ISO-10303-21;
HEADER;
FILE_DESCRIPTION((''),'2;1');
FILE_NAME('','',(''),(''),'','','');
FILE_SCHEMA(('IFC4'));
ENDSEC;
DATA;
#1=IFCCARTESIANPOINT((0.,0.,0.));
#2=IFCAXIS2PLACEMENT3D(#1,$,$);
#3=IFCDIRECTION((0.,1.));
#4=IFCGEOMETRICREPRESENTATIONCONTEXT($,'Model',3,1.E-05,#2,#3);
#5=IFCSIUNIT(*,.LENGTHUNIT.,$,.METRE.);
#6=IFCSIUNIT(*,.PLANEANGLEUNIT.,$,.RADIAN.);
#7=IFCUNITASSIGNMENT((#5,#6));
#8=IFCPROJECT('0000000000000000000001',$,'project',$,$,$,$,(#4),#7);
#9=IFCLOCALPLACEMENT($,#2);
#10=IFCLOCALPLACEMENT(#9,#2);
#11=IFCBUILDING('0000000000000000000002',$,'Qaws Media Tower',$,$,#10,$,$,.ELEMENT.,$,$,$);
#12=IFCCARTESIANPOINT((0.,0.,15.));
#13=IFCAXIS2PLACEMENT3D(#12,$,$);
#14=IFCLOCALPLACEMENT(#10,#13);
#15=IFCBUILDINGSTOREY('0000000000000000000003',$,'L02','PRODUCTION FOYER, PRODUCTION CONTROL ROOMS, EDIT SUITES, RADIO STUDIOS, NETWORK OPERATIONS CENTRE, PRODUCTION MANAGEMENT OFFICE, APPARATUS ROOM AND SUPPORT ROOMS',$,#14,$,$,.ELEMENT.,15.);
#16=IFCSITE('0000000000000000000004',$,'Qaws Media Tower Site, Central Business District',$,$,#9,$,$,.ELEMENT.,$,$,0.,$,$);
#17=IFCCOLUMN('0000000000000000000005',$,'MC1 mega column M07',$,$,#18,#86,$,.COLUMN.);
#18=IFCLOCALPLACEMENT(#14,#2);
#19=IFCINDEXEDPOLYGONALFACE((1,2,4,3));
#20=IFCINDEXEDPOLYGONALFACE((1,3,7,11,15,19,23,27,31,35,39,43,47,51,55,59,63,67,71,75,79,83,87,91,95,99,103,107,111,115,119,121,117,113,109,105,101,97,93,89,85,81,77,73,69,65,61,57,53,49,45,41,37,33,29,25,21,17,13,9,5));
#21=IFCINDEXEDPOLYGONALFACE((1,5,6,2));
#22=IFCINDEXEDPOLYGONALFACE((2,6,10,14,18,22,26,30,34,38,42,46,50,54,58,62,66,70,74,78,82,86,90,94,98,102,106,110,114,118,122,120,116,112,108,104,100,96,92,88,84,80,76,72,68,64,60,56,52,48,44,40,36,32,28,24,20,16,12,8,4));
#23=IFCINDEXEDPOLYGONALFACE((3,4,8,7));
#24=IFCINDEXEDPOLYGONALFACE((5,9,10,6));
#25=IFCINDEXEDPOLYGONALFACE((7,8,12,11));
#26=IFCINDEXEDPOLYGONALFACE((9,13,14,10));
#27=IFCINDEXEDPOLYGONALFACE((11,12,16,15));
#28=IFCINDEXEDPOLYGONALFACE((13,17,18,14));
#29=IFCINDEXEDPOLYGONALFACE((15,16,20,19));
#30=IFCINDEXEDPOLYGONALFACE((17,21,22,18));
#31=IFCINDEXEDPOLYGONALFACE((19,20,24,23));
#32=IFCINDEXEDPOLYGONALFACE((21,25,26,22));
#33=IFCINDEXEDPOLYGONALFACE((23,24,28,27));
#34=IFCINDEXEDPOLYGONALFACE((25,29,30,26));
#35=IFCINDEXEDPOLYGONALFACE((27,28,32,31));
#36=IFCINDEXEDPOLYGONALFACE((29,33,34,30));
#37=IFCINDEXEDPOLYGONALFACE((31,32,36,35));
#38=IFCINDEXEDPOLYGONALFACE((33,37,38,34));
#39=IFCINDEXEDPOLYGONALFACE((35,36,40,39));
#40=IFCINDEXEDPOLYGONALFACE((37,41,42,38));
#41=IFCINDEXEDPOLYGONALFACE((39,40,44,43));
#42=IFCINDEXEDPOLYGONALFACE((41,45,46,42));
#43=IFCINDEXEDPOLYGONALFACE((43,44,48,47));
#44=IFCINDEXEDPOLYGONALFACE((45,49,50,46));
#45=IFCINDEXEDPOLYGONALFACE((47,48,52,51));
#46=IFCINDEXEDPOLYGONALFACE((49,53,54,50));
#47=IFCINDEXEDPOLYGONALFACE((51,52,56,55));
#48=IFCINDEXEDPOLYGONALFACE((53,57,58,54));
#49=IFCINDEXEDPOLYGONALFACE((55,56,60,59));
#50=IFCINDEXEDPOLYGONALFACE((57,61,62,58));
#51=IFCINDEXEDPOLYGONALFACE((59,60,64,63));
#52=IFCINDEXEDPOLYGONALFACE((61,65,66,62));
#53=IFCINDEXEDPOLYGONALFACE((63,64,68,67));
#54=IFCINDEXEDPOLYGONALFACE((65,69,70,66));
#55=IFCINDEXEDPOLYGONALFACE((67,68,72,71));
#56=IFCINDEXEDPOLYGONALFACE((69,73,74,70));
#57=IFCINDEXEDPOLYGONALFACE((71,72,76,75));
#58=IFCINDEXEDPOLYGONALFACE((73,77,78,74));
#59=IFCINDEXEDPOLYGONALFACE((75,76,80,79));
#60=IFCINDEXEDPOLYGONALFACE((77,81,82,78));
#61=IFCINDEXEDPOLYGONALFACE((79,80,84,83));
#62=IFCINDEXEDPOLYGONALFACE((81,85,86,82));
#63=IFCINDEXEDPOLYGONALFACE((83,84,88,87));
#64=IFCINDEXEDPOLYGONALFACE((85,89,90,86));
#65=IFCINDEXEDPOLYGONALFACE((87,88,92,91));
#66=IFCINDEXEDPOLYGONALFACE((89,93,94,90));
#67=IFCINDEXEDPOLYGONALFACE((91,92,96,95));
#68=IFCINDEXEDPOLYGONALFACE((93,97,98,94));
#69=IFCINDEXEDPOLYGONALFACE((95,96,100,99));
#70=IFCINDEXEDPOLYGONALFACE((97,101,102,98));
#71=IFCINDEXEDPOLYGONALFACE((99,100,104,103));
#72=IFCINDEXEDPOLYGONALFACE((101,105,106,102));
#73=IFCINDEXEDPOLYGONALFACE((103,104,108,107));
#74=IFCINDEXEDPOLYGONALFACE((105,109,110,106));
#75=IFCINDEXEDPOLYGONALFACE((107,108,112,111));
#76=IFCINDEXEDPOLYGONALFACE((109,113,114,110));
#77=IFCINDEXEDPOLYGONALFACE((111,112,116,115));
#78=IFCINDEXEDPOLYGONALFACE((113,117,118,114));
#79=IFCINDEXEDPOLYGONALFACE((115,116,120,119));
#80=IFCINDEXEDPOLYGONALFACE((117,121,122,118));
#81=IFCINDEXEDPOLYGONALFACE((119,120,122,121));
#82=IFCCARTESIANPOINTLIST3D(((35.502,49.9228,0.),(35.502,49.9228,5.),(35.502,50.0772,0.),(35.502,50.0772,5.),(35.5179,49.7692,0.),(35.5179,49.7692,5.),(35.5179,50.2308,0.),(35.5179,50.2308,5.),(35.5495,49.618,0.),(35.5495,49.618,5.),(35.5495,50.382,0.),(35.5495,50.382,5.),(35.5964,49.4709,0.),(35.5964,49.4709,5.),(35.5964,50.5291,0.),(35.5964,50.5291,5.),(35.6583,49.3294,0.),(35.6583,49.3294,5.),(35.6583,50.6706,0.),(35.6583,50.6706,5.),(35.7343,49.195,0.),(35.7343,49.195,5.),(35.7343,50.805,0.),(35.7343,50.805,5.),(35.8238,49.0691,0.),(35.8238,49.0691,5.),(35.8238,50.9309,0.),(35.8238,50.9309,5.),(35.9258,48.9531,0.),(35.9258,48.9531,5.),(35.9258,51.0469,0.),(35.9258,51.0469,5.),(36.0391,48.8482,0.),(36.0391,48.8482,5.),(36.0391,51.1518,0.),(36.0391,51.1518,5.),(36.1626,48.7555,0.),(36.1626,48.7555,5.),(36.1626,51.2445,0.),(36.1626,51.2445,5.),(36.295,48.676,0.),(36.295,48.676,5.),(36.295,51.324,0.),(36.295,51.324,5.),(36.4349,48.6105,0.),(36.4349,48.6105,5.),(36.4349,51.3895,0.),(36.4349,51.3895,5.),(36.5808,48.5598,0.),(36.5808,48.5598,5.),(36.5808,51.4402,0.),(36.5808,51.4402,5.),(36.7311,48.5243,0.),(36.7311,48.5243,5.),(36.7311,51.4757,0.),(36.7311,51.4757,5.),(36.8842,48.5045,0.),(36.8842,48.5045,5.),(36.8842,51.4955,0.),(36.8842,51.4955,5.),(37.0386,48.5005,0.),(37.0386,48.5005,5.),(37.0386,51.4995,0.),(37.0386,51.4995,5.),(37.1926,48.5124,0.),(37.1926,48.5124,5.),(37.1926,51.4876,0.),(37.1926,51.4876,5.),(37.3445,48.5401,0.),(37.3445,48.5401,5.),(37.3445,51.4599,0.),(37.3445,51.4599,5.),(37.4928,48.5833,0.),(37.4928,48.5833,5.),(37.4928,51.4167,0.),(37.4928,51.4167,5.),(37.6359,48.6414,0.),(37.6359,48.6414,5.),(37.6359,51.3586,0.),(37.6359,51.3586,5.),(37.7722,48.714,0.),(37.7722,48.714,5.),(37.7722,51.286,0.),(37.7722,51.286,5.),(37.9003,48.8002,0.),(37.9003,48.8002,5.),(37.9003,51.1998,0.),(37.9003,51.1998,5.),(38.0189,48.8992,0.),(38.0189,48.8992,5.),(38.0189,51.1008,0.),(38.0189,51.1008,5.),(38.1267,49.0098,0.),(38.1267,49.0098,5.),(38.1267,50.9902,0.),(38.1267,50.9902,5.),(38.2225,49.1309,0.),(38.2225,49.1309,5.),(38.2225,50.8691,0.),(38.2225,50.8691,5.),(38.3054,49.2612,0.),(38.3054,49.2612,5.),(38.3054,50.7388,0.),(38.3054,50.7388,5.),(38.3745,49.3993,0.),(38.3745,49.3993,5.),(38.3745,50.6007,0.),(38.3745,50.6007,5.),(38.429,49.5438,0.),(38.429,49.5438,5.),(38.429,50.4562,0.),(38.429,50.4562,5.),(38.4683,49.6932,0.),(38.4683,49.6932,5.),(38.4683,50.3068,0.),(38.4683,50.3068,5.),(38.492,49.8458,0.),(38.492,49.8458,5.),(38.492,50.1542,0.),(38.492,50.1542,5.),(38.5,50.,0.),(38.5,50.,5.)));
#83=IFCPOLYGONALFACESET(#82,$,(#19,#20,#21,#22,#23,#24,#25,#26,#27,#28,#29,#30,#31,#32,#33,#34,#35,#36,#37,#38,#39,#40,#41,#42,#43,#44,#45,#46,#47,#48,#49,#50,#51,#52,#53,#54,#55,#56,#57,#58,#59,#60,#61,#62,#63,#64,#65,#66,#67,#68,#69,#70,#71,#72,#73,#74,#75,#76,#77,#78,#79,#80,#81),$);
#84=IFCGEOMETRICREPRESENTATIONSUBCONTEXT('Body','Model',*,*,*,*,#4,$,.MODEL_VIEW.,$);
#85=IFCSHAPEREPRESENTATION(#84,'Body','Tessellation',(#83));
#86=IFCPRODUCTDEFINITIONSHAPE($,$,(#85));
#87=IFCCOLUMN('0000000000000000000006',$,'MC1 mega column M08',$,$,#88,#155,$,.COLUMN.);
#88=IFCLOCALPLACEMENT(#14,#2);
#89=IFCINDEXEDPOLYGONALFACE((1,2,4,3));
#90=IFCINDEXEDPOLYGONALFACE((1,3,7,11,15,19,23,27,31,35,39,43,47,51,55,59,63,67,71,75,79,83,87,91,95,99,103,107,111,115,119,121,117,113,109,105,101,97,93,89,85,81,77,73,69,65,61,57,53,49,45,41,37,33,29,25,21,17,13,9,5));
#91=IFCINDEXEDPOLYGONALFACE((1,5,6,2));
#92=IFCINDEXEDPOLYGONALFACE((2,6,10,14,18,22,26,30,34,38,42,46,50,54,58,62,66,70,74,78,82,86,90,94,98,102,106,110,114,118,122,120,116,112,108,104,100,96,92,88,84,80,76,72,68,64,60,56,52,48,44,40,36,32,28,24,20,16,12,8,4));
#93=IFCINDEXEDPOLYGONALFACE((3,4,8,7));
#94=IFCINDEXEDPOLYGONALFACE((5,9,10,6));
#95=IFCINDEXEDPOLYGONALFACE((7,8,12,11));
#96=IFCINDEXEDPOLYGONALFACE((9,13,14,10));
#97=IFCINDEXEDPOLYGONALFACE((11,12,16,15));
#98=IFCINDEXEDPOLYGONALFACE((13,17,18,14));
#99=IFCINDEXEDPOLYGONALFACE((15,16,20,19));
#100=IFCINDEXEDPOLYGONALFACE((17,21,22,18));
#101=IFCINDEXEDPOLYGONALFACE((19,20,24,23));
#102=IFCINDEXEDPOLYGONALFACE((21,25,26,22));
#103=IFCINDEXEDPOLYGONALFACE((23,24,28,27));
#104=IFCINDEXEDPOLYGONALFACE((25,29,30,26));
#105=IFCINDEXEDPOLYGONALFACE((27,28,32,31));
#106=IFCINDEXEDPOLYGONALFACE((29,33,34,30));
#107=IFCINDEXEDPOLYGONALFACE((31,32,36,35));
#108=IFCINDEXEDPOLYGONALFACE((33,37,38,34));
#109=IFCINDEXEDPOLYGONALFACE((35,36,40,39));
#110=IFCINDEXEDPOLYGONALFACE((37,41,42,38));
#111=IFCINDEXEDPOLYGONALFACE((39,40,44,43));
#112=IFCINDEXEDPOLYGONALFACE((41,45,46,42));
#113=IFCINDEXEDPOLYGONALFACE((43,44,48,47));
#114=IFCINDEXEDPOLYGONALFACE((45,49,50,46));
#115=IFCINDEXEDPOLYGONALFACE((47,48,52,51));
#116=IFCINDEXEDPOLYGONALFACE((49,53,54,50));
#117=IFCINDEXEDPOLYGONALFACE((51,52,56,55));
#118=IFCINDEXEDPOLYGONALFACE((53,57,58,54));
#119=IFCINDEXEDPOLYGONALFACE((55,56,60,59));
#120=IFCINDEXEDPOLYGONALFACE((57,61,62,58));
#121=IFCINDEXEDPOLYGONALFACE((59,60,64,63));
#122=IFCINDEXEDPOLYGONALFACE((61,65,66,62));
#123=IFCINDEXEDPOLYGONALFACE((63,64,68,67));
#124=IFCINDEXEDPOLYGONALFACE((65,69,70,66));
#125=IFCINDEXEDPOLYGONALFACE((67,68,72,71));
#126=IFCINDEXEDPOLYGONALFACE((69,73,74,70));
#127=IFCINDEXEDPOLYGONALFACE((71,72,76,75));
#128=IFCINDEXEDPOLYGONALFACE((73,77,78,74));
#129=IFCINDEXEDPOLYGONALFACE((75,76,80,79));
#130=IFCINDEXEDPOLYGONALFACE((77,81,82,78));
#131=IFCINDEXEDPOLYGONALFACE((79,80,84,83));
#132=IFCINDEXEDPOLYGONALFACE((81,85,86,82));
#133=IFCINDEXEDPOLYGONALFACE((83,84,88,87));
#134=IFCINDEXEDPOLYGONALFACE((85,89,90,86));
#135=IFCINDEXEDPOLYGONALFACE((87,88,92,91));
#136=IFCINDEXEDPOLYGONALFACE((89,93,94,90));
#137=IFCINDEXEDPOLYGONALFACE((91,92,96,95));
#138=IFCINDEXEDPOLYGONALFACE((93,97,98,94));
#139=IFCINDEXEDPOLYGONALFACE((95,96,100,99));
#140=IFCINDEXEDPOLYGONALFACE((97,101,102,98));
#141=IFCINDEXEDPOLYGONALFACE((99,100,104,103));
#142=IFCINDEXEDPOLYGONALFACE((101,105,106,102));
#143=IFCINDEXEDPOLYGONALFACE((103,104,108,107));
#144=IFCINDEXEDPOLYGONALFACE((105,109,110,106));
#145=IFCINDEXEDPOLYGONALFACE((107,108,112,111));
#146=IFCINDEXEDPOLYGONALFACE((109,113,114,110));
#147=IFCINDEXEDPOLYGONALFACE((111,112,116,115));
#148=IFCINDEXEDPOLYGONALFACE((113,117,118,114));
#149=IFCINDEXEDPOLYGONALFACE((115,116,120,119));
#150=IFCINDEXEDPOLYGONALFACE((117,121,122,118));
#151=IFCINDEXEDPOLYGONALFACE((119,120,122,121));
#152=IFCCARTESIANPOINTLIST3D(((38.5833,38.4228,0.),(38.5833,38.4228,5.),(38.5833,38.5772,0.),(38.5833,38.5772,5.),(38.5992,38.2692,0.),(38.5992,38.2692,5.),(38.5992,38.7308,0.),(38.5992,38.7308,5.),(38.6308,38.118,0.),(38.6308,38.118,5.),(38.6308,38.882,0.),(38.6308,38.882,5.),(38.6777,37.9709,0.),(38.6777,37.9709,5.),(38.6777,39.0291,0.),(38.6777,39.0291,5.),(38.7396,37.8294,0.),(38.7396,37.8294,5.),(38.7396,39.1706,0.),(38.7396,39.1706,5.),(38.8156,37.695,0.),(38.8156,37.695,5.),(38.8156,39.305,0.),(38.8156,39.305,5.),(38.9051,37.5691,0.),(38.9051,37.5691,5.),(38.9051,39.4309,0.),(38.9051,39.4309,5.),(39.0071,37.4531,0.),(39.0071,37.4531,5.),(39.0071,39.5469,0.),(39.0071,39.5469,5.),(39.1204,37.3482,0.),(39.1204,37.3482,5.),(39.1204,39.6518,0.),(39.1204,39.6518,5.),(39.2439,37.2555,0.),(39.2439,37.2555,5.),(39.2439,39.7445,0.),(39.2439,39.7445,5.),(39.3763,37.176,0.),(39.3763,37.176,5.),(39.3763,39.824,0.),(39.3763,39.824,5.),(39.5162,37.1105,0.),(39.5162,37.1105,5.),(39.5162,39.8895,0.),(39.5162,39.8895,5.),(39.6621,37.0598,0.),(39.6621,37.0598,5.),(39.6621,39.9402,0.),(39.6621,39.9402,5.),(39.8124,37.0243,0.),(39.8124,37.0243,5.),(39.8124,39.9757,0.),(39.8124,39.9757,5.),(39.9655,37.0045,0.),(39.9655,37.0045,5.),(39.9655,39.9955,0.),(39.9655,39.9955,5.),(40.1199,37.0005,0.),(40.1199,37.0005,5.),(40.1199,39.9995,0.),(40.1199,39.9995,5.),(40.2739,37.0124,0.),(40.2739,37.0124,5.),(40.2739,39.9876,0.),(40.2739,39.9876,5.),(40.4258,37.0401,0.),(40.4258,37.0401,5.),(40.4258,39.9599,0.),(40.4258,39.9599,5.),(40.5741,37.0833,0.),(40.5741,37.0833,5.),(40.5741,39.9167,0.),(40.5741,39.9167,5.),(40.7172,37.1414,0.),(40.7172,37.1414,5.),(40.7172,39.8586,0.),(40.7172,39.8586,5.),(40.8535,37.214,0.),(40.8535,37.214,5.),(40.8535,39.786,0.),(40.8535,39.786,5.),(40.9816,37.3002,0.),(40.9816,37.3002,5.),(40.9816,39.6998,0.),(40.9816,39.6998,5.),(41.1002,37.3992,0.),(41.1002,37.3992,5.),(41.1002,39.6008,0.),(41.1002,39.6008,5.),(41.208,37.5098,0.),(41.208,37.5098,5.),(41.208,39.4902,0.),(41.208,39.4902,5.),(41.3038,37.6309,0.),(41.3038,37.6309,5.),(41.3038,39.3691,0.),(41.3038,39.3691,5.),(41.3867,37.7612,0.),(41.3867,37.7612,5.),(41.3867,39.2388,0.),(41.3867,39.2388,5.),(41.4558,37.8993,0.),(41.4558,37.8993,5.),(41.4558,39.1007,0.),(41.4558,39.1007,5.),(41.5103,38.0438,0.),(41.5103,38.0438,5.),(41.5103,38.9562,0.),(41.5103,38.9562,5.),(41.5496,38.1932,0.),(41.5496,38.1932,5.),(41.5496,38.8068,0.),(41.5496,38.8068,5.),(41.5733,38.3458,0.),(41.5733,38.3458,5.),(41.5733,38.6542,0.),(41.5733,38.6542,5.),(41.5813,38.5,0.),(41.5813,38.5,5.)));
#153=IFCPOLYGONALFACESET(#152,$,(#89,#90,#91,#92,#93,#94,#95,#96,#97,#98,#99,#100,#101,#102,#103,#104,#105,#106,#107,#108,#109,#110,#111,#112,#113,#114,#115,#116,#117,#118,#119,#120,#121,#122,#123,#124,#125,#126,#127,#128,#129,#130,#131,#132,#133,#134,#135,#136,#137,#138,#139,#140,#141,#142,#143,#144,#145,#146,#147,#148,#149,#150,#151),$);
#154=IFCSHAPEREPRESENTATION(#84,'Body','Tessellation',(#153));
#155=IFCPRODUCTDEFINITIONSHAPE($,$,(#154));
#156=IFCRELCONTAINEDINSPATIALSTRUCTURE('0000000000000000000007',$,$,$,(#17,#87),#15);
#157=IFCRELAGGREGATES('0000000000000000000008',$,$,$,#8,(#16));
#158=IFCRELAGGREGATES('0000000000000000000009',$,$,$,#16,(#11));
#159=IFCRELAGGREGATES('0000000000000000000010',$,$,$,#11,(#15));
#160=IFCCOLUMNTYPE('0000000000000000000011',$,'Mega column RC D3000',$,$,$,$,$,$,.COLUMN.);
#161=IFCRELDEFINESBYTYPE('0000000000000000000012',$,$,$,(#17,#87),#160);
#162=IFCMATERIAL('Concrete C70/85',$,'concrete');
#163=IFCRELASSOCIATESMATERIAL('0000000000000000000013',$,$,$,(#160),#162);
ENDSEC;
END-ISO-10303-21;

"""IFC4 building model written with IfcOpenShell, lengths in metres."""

from ifc_helpers import new_model, si_unit, direction, frame, origin, origin_2d, place, context, subcontext, project, spatial, circle, extrude, material, material_profile, profile_set, type_object, element, save


model = new_model("IFC4")

# Units and contexts
model_context = context("Model", 3, precision=1e-05, world=origin(), true_north=direction((0.0, 1.0)))
body_context = subcontext(model_context, "Body", "Model", "MODEL_VIEW")
ifc_project = project(units=[si_unit("LENGTHUNIT", "METRE"), si_unit("PLANEANGLEUNIT", "RADIAN")], contexts=[model_context])

# Site, building, storey
site_placement = place(None, origin())
site = spatial("IfcSite", under=ifc_project, at=site_placement, Name="Qaws Media Tower Site, Central Business District", CompositionType="ELEMENT", RefElevation=0.0)
building_placement = place(site_placement, origin())
building = spatial("IfcBuilding", under=site, at=building_placement, Name="Qaws Media Tower", CompositionType="ELEMENT")
storey_placement = place(building_placement, frame((0.0, 0.0, 15.0)))
storey = spatial("IfcBuildingStorey", under=building, at=storey_placement, Name="L02", Description="PRODUCTION FOYER, PRODUCTION CONTROL ROOMS, EDIT SUITES, RADIO STUDIOS, NETWORK OPERATIONS CENTRE, PRODUCTION MANAGEMENT OFFICE, APPARATUS ROOM AND SUPPORT ROOMS", CompositionType="ELEMENT", Elevation=15.0)

# Columns
ifc_material_1 = material(Name="Concrete C70/85", Category="concrete")
ifc_material_profile_1 = material_profile(ifc_material_1, circle(Radius=1.5, at=origin_2d()), Name="RC D3000")
ifc_profile_set_1 = profile_set([ifc_material_profile_1], Name="Concrete C70/85")
column_type_1 = type_object("IfcColumnType", Name="Mega column RC D3000", PredefinedType="COLUMN", material=ifc_profile_set_1)
for number, where, z_axis, x_axis, name in (
    (1, (37.0, 50.0, 0.0), (0.0, 0.0, 1.0), (1.0, 0.0, 0.0), "MC1 mega column M07"),
    (2, (40.0813, 38.5, 0.0), (0.0, 0.0, 1.0), (1.0, 0.0, 0.0), "MC1 mega column M08"),
):
    element("IfcColumn", number, at=place(storey_placement, frame(where, z_axis=z_axis, x_axis=x_axis)), inside=storey, type_object=column_type_1, Name=name, PredefinedType="COLUMN", context=body_context, shape_type="SweptSolid", body=[
        extrude(circle(Radius=1.5, at=origin_2d()), origin(), (0.0, 0.0, 1.0), 5.0),
    ])

save(model, "model.ifc")
